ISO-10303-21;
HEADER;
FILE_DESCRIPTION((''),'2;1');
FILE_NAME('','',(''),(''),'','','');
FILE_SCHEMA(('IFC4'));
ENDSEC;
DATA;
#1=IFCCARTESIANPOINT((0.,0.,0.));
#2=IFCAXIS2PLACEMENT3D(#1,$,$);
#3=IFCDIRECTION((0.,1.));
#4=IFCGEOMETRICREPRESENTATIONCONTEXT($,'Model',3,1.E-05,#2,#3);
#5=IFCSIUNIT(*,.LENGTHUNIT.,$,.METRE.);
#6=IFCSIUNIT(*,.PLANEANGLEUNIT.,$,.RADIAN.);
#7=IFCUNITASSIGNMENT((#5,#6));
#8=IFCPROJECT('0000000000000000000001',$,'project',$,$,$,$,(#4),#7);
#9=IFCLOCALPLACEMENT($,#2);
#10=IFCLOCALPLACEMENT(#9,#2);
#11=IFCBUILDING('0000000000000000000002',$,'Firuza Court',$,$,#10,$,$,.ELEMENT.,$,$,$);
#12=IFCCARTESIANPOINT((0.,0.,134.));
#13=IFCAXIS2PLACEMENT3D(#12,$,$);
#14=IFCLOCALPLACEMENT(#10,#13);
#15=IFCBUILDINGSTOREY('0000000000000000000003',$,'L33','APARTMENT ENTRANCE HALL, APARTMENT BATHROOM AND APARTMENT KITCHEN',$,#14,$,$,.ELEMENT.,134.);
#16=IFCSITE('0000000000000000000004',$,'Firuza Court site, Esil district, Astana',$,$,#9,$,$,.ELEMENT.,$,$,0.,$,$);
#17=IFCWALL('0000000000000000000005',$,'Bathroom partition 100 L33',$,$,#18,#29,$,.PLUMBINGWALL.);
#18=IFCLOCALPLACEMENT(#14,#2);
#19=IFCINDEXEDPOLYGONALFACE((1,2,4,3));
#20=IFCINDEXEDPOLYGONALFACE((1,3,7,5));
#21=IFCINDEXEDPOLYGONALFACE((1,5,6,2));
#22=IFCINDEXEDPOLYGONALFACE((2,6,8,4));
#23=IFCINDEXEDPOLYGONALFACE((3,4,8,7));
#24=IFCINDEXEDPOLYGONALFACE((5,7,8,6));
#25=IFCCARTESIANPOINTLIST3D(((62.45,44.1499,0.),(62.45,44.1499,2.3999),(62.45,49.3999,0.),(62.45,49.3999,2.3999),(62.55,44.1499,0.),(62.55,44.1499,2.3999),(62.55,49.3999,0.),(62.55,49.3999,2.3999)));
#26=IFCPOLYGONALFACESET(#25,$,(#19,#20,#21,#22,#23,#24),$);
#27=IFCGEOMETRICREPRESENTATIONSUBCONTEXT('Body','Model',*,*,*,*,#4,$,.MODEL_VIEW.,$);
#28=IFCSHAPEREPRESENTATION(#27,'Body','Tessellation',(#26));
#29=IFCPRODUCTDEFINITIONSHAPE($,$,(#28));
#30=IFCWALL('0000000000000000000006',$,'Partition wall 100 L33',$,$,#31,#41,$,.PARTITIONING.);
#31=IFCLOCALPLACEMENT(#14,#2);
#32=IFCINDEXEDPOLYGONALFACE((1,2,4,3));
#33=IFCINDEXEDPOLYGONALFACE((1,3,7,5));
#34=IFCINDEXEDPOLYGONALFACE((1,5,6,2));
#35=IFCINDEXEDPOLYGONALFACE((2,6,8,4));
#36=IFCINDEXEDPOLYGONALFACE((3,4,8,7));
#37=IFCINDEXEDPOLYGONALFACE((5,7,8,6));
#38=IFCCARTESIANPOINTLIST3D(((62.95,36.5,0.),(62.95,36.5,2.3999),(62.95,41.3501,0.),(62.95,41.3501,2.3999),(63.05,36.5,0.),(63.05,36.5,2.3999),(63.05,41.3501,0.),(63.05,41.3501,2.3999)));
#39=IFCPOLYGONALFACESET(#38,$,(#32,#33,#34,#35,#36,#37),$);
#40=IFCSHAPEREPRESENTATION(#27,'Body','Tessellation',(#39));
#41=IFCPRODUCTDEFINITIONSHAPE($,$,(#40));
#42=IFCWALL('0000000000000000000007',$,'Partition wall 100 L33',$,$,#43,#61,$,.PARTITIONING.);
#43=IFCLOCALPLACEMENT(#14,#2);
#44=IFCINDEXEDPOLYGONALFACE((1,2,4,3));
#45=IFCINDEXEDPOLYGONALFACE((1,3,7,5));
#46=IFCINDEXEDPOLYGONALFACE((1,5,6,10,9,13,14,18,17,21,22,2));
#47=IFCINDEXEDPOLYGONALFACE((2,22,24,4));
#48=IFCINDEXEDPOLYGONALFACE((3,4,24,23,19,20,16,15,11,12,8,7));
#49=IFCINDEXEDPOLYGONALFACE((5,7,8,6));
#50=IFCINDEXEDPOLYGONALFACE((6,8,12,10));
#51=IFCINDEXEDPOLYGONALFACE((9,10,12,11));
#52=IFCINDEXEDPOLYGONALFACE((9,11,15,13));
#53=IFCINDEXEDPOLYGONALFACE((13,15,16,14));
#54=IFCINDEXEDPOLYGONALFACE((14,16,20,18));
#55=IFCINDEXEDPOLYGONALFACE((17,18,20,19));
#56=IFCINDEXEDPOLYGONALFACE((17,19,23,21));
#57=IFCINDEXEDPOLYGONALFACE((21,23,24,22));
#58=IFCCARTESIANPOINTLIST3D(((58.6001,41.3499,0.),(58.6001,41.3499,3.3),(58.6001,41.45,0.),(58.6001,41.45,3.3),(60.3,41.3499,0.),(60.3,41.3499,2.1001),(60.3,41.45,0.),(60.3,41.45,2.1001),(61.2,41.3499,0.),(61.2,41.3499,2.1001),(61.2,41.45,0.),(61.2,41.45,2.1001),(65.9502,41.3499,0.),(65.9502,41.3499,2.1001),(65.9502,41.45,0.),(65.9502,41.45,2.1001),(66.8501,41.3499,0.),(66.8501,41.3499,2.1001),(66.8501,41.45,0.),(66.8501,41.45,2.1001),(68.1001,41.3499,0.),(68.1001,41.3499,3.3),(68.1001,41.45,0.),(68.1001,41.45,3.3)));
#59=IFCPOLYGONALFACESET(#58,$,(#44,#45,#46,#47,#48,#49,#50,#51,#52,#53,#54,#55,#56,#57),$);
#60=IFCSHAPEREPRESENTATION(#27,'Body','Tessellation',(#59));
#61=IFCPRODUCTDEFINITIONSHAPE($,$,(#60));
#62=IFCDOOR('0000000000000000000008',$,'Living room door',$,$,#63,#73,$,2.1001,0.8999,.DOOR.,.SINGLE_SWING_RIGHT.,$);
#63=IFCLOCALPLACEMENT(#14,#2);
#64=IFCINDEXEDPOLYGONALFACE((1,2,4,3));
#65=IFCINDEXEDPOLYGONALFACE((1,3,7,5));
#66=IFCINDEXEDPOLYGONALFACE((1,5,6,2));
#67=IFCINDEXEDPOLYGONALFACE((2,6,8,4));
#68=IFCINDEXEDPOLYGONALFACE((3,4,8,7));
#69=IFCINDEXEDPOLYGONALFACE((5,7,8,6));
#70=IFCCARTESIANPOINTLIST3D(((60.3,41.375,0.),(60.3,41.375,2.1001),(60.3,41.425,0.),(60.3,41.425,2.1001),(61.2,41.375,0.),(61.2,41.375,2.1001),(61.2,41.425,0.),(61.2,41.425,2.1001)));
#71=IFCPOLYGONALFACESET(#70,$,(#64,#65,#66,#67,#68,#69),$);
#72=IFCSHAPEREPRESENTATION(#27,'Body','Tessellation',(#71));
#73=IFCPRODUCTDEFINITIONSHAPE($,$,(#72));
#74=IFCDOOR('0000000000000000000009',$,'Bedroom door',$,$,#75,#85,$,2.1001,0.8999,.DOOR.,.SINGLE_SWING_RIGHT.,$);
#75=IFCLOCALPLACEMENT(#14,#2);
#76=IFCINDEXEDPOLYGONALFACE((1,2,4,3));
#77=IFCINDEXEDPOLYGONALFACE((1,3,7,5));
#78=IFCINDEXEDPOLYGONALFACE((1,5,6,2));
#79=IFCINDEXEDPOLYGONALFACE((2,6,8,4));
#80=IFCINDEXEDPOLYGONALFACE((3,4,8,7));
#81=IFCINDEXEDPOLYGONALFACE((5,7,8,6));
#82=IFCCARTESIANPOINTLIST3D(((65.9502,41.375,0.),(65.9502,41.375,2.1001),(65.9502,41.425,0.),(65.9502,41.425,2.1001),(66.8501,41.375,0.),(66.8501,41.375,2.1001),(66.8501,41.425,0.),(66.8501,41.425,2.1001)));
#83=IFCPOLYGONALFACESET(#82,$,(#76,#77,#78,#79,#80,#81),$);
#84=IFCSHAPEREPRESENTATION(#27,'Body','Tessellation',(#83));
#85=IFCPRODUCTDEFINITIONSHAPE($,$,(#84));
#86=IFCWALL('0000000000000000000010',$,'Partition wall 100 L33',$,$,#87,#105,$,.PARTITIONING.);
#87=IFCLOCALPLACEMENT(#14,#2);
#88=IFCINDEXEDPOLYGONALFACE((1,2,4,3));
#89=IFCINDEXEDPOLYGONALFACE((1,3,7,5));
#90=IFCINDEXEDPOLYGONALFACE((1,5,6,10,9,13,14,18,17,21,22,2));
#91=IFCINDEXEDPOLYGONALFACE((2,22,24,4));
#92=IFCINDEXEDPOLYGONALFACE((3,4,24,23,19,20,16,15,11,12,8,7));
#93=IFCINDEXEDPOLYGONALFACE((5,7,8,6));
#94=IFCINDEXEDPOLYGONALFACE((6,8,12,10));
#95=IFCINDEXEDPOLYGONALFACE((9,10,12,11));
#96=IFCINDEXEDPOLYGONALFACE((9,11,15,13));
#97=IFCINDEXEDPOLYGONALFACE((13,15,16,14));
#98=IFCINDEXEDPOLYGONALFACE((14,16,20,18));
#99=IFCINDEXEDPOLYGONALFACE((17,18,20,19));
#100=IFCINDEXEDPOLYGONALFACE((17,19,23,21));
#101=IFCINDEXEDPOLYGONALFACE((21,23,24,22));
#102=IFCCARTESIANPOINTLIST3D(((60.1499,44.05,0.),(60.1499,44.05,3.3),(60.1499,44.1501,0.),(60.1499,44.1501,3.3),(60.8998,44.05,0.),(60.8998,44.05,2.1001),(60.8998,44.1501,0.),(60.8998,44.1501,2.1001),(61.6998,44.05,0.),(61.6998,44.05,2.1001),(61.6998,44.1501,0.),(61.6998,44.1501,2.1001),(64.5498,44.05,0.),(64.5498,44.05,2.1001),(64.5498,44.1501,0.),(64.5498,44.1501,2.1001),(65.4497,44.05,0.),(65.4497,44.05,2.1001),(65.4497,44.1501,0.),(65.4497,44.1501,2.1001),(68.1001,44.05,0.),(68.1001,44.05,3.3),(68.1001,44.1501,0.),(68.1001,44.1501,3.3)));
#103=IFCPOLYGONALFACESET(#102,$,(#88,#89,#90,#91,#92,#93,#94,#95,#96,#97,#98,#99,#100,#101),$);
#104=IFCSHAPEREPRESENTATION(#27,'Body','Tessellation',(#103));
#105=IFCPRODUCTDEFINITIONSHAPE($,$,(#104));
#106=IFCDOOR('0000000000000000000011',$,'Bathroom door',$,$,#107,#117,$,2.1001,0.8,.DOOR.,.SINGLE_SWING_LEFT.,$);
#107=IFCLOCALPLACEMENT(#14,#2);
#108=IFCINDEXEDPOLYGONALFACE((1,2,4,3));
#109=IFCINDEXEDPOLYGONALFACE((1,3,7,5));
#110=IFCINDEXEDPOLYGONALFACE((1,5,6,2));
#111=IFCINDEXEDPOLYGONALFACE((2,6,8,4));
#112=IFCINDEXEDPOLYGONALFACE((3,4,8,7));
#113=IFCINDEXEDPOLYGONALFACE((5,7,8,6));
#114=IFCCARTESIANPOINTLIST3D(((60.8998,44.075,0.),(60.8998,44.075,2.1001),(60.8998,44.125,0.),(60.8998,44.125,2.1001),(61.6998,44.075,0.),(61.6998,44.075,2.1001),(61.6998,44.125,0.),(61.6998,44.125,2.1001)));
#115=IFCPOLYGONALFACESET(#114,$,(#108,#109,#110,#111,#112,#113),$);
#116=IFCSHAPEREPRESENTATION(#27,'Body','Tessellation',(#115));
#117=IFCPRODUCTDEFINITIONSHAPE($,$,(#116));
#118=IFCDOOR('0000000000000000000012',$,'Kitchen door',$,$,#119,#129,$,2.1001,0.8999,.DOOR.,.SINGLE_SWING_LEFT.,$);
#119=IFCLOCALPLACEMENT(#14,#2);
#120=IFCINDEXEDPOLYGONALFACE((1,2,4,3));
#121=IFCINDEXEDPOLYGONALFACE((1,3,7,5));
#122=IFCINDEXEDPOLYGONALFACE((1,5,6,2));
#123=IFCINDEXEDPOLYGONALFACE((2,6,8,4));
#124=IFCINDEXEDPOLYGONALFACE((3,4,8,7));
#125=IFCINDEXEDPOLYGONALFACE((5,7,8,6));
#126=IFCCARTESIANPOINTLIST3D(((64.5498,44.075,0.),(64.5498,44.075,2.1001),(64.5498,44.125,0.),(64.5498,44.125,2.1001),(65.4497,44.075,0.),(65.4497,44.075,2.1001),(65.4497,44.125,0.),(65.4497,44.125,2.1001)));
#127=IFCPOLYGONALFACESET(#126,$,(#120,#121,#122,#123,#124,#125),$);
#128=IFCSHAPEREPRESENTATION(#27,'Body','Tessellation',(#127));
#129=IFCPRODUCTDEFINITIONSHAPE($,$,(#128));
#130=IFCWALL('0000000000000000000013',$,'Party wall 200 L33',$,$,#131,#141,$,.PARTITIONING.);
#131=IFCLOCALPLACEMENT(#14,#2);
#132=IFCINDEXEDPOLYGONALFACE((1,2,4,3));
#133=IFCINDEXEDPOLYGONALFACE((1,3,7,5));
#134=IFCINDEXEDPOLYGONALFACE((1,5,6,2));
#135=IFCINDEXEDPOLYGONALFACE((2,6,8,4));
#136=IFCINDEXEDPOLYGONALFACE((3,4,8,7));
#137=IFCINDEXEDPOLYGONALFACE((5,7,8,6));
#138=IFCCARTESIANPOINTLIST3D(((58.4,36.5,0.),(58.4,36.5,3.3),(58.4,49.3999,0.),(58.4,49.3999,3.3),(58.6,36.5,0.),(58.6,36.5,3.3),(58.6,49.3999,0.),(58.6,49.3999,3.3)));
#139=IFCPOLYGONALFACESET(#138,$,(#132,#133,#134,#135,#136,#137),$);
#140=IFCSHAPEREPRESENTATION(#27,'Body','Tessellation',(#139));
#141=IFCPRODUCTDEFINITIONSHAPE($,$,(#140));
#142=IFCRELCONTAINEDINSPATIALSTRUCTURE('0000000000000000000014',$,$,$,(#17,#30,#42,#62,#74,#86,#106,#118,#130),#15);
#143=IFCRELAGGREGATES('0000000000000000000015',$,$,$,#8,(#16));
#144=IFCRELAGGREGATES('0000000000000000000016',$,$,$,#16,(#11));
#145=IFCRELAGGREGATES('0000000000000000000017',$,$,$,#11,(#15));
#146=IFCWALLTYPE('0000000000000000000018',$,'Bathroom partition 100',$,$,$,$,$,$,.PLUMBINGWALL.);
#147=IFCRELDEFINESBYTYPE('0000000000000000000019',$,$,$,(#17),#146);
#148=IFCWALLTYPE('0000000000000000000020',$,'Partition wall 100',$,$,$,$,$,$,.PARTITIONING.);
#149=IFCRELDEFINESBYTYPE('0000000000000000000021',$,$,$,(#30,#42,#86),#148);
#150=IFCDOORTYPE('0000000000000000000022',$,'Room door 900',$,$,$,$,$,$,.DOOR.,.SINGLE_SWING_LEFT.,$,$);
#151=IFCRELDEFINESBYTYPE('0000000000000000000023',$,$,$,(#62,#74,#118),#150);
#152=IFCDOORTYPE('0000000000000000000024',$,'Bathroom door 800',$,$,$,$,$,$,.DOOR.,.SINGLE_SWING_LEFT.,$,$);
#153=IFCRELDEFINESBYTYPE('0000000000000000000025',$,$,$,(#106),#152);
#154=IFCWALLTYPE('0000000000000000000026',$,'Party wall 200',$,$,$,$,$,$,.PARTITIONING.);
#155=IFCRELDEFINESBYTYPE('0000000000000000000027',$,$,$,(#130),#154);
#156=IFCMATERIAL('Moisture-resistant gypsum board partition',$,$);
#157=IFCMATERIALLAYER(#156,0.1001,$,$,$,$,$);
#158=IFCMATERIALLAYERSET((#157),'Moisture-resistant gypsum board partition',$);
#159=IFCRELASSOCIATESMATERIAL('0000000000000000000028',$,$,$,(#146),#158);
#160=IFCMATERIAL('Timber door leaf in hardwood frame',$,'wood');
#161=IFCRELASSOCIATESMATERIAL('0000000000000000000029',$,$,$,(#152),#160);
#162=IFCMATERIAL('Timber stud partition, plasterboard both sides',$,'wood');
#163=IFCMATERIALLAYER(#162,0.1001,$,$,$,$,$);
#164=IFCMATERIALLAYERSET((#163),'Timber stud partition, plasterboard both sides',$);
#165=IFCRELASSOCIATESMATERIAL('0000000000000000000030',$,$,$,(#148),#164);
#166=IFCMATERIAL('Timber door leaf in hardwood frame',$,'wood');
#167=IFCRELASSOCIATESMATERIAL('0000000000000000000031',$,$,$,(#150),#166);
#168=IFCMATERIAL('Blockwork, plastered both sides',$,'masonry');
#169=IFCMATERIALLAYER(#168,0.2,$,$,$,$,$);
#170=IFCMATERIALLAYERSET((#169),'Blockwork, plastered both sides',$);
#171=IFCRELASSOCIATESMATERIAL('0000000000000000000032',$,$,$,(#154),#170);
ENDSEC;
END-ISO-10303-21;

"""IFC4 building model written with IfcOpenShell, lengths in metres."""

from ifc_helpers import new_model, si_unit, direction, frame, frame_2d, origin, place, context, subcontext, project, spatial, rectangle, extrude, material, layer, layer_set, type_object, element, fill, save


model = new_model("IFC4")

# Units and contexts
model_context = context("Model", 3, precision=1e-05, world=origin(), true_north=direction((0.0, 1.0)))
body_context = subcontext(model_context, "Body", "Model", "MODEL_VIEW")
ifc_project = project(units=[si_unit("LENGTHUNIT", "METRE"), si_unit("PLANEANGLEUNIT", "RADIAN")], contexts=[model_context])

# Site, building, storey
site_placement = place(None, origin())
site = spatial("IfcSite", under=ifc_project, at=site_placement, Name="Firuza Court site, Esil district, Astana", CompositionType="ELEMENT", RefElevation=0.0)
building_placement = place(site_placement, origin())
building = spatial("IfcBuilding", under=site, at=building_placement, Name="Firuza Court", CompositionType="ELEMENT")
storey_placement = place(building_placement, frame((0.0, 0.0, 134.0)))
storey = spatial("IfcBuildingStorey", under=building, at=storey_placement, Name="L33", Description="APARTMENT ENTRANCE HALL, APARTMENT BATHROOM AND APARTMENT KITCHEN", CompositionType="ELEMENT", Elevation=134.0)

# Shared definitions
ifc_material_1 = material(Name="Moisture-resistant gypsum board partition")
ifc_layer_1 = layer(ifc_material_1, 0.1001)
ifc_layer_set_1 = layer_set([ifc_layer_1], Name="Moisture-resistant gypsum board partition")
wall_type_1 = type_object("IfcWallType", Name="Bathroom partition 100", PredefinedType="PLUMBINGWALL", material=ifc_layer_set_1)

# Shared definitions
ifc_material_2 = material(Name="Timber door leaf in hardwood frame", Category="wood")
door_type_1 = type_object("IfcDoorType", Name="Bathroom door 800", OperationType="SINGLE_SWING_LEFT", PredefinedType="DOOR", material=ifc_material_2)

# Walls
wall_1_placement = place(storey_placement, frame((62.5, 44.1499, 0.0), z_axis=(0.0, 0.0, 1.0), x_axis=(0.0, 1.0, 0.0)))
element("IfcWall", 1, at=wall_1_placement, inside=storey, type_object=wall_type_1, Name="Bathroom partition 100 L33", PredefinedType="PLUMBINGWALL", context=body_context, shape_type="SweptSolid", body=[
    extrude(rectangle(XDim=5.25, YDim=0.1001, at=frame_2d((2.625, 0.0))), origin(), (0.0, 0.0, 1.0), 2.3999),
])
ifc_material_3 = material(Name="Timber stud partition, plasterboard both sides", Category="wood")
ifc_layer_2 = layer(ifc_material_3, 0.1001)
ifc_layer_set_2 = layer_set([ifc_layer_2], Name="Timber stud partition, plasterboard both sides")
wall_type_2 = type_object("IfcWallType", Name="Partition wall 100", PredefinedType="PARTITIONING", material=ifc_layer_set_2)
wall_2_placement = place(storey_placement, frame((63.0, 36.5, 0.0), z_axis=(0.0, 0.0, 1.0), x_axis=(0.0, 1.0, 0.0)))
element("IfcWall", 2, at=wall_2_placement, inside=storey, type_object=wall_type_2, Name="Partition wall 100 L33", PredefinedType="PARTITIONING", context=body_context, shape_type="SweptSolid", body=[
    extrude(rectangle(XDim=4.8501, YDim=0.1001, at=frame_2d((2.425, 0.0))), origin(), (0.0, 0.0, 1.0), 2.3999),
])

# Walls, openings, doors
wall_3_placement = place(storey_placement, frame((58.6001, 41.3999, 0.0), z_axis=(0.0, 0.0, 1.0), x_axis=(1.0, 0.0, 0.0)))
wall_3 = element("IfcWall", 3, at=wall_3_placement, inside=storey, type_object=wall_type_2, Name="Partition wall 100 L33", PredefinedType="PARTITIONING", context=body_context, shape_type="SweptSolid", body=[
    extrude(rectangle(XDim=9.5, YDim=0.1001, at=frame_2d((4.75, 0.0))), origin(), (0.0, 0.0, 1.0), 3.3),
])
opening_1_placement = place(wall_3_placement, frame((1.7, 0.0, 0.0)))
opening_1 = element("IfcOpeningElement", 4, at=opening_1_placement, cuts=wall_3, PredefinedType="OPENING", context=body_context, shape_type="SweptSolid", body=[
    extrude(rectangle(XDim=0.8999, YDim=2.1001, at=frame_2d((0.45, 1.05))), frame((0.0, 0.062, 0.0), z_axis=(0.0, -1.0, 0.0), x_axis=(1.0, 0.0, 0.0)), (0.0, 0.0, 1.0), 0.124),
])
opening_2_placement = place(wall_3_placement, frame((7.3501, 0.0, 0.0)))
opening_2 = element("IfcOpeningElement", 5, at=opening_2_placement, cuts=wall_3, PredefinedType="OPENING", context=body_context, shape_type="SweptSolid", body=[
    extrude(rectangle(XDim=0.8999, YDim=2.1001, at=frame_2d((0.45, 1.05))), frame((0.0, 0.062, 0.0), z_axis=(0.0, -1.0, 0.0), x_axis=(1.0, 0.0, 0.0)), (0.0, 0.0, 1.0), 0.124),
])
ifc_material_4 = material(Name="Timber door leaf in hardwood frame", Category="wood")
door_type_2 = type_object("IfcDoorType", Name="Room door 900", OperationType="SINGLE_SWING_LEFT", PredefinedType="DOOR", material=ifc_material_4)
door_1_placement = place(opening_1_placement, frame((0.8999, 0.0, 0.0), z_axis=(0.0, 0.0, 1.0), x_axis=(-1.0, 0.0, 0.0)))
door_1 = element("IfcDoor", 6, at=door_1_placement, inside=storey, type_object=door_type_2, Name="Living room door", OperationType="SINGLE_SWING_RIGHT", OverallHeight=2.1001, OverallWidth=0.8999, PredefinedType="DOOR", context=body_context, shape_type="SweptSolid", body=[
    extrude(rectangle(XDim=0.8999, YDim=2.1001, at=frame_2d((0.45, 1.05))), frame((0.0, 0.0249, 0.0), z_axis=(0.0, -1.0, 0.0), x_axis=(1.0, 0.0, 0.0)), (0.0, 0.0, 1.0), 0.05),
])
fill(opening_1, door_1)
door_2_placement = place(opening_2_placement, frame((0.8999, 0.0, 0.0), z_axis=(0.0, 0.0, 1.0), x_axis=(-1.0, 0.0, 0.0)))
door_2 = element("IfcDoor", 7, at=door_2_placement, inside=storey, type_object=door_type_2, Name="Bedroom door", OperationType="SINGLE_SWING_RIGHT", OverallHeight=2.1001, OverallWidth=0.8999, PredefinedType="DOOR", context=body_context, shape_type="SweptSolid", body=[
    extrude(rectangle(XDim=0.8999, YDim=2.1001, at=frame_2d((0.45, 1.05))), frame((0.0, 0.0249, 0.0), z_axis=(0.0, -1.0, 0.0), x_axis=(1.0, 0.0, 0.0)), (0.0, 0.0, 1.0), 0.05),
])
fill(opening_2, door_2)
wall_4_placement = place(storey_placement, frame((60.1499, 44.1001, 0.0), z_axis=(0.0, 0.0, 1.0), x_axis=(1.0, 0.0, 0.0)))
wall_4 = element("IfcWall", 8, at=wall_4_placement, inside=storey, type_object=wall_type_2, Name="Partition wall 100 L33", PredefinedType="PARTITIONING", context=body_context, shape_type="SweptSolid", body=[
    extrude(rectangle(XDim=7.9502, YDim=0.1001, at=frame_2d((3.9751, 0.0))), origin(), (0.0, 0.0, 1.0), 3.3),
])
opening_3_placement = place(wall_4_placement, frame((0.75, 0.0, 0.0)))
opening_3 = element("IfcOpeningElement", 9, at=opening_3_placement, cuts=wall_4, PredefinedType="OPENING", context=body_context, shape_type="SweptSolid", body=[
    extrude(rectangle(XDim=0.8, YDim=2.1001, at=frame_2d((0.3999, 1.05))), frame((0.0, 0.062, 0.0), z_axis=(0.0, -1.0, 0.0), x_axis=(1.0, 0.0, 0.0)), (0.0, 0.0, 1.0), 0.124),
])
opening_4_placement = place(wall_4_placement, frame((4.3999, 0.0, 0.0)))
opening_4 = element("IfcOpeningElement", 10, at=opening_4_placement, cuts=wall_4, PredefinedType="OPENING", context=body_context, shape_type="SweptSolid", body=[
    extrude(rectangle(XDim=0.8999, YDim=2.1001, at=frame_2d((0.45, 1.05))), frame((0.0, 0.062, 0.0), z_axis=(0.0, -1.0, 0.0), x_axis=(1.0, 0.0, 0.0)), (0.0, 0.0, 1.0), 0.124),
])
door_3_placement = place(opening_3_placement, origin())
door_3 = element("IfcDoor", 11, at=door_3_placement, inside=storey, type_object=door_type_1, Name="Bathroom door", OperationType="SINGLE_SWING_LEFT", OverallHeight=2.1001, OverallWidth=0.8, PredefinedType="DOOR", context=body_context, shape_type="SweptSolid", body=[
    extrude(rectangle(XDim=0.8, YDim=2.1001, at=frame_2d((0.3999, 1.05))), frame((0.0, 0.0249, 0.0), z_axis=(0.0, -1.0, 0.0), x_axis=(1.0, 0.0, 0.0)), (0.0, 0.0, 1.0), 0.05),
])
fill(opening_3, door_3)
door_4_placement = place(opening_4_placement, origin())
door_4 = element("IfcDoor", 12, at=door_4_placement, inside=storey, type_object=door_type_2, Name="Kitchen door", OperationType="SINGLE_SWING_LEFT", OverallHeight=2.1001, OverallWidth=0.8999, PredefinedType="DOOR", context=body_context, shape_type="SweptSolid", body=[
    extrude(rectangle(XDim=0.8999, YDim=2.1001, at=frame_2d((0.45, 1.05))), frame((0.0, 0.0249, 0.0), z_axis=(0.0, -1.0, 0.0), x_axis=(1.0, 0.0, 0.0)), (0.0, 0.0, 1.0), 0.05),
])
fill(opening_4, door_4)

# Wall
ifc_material_5 = material(Name="Blockwork, plastered both sides", Category="masonry")
ifc_layer_3 = layer(ifc_material_5, 0.2)
ifc_layer_set_3 = layer_set([ifc_layer_3], Name="Blockwork, plastered both sides")
wall_type_3 = type_object("IfcWallType", Name="Party wall 200", PredefinedType="PARTITIONING", material=ifc_layer_set_3)
wall_5_placement = place(storey_placement, frame((58.5, 36.5, 0.0), z_axis=(0.0, 0.0, 1.0), x_axis=(0.0, 1.0, 0.0)))
element("IfcWall", 13, at=wall_5_placement, inside=storey, type_object=wall_type_3, Name="Party wall 200 L33", PredefinedType="PARTITIONING", context=body_context, shape_type="SweptSolid", body=[
    extrude(rectangle(XDim=12.8999, YDim=0.2, at=frame_2d((6.45, 0.0))), origin(), (0.0, 0.0, 1.0), 3.3),
])

save(model, "model.ifc")
